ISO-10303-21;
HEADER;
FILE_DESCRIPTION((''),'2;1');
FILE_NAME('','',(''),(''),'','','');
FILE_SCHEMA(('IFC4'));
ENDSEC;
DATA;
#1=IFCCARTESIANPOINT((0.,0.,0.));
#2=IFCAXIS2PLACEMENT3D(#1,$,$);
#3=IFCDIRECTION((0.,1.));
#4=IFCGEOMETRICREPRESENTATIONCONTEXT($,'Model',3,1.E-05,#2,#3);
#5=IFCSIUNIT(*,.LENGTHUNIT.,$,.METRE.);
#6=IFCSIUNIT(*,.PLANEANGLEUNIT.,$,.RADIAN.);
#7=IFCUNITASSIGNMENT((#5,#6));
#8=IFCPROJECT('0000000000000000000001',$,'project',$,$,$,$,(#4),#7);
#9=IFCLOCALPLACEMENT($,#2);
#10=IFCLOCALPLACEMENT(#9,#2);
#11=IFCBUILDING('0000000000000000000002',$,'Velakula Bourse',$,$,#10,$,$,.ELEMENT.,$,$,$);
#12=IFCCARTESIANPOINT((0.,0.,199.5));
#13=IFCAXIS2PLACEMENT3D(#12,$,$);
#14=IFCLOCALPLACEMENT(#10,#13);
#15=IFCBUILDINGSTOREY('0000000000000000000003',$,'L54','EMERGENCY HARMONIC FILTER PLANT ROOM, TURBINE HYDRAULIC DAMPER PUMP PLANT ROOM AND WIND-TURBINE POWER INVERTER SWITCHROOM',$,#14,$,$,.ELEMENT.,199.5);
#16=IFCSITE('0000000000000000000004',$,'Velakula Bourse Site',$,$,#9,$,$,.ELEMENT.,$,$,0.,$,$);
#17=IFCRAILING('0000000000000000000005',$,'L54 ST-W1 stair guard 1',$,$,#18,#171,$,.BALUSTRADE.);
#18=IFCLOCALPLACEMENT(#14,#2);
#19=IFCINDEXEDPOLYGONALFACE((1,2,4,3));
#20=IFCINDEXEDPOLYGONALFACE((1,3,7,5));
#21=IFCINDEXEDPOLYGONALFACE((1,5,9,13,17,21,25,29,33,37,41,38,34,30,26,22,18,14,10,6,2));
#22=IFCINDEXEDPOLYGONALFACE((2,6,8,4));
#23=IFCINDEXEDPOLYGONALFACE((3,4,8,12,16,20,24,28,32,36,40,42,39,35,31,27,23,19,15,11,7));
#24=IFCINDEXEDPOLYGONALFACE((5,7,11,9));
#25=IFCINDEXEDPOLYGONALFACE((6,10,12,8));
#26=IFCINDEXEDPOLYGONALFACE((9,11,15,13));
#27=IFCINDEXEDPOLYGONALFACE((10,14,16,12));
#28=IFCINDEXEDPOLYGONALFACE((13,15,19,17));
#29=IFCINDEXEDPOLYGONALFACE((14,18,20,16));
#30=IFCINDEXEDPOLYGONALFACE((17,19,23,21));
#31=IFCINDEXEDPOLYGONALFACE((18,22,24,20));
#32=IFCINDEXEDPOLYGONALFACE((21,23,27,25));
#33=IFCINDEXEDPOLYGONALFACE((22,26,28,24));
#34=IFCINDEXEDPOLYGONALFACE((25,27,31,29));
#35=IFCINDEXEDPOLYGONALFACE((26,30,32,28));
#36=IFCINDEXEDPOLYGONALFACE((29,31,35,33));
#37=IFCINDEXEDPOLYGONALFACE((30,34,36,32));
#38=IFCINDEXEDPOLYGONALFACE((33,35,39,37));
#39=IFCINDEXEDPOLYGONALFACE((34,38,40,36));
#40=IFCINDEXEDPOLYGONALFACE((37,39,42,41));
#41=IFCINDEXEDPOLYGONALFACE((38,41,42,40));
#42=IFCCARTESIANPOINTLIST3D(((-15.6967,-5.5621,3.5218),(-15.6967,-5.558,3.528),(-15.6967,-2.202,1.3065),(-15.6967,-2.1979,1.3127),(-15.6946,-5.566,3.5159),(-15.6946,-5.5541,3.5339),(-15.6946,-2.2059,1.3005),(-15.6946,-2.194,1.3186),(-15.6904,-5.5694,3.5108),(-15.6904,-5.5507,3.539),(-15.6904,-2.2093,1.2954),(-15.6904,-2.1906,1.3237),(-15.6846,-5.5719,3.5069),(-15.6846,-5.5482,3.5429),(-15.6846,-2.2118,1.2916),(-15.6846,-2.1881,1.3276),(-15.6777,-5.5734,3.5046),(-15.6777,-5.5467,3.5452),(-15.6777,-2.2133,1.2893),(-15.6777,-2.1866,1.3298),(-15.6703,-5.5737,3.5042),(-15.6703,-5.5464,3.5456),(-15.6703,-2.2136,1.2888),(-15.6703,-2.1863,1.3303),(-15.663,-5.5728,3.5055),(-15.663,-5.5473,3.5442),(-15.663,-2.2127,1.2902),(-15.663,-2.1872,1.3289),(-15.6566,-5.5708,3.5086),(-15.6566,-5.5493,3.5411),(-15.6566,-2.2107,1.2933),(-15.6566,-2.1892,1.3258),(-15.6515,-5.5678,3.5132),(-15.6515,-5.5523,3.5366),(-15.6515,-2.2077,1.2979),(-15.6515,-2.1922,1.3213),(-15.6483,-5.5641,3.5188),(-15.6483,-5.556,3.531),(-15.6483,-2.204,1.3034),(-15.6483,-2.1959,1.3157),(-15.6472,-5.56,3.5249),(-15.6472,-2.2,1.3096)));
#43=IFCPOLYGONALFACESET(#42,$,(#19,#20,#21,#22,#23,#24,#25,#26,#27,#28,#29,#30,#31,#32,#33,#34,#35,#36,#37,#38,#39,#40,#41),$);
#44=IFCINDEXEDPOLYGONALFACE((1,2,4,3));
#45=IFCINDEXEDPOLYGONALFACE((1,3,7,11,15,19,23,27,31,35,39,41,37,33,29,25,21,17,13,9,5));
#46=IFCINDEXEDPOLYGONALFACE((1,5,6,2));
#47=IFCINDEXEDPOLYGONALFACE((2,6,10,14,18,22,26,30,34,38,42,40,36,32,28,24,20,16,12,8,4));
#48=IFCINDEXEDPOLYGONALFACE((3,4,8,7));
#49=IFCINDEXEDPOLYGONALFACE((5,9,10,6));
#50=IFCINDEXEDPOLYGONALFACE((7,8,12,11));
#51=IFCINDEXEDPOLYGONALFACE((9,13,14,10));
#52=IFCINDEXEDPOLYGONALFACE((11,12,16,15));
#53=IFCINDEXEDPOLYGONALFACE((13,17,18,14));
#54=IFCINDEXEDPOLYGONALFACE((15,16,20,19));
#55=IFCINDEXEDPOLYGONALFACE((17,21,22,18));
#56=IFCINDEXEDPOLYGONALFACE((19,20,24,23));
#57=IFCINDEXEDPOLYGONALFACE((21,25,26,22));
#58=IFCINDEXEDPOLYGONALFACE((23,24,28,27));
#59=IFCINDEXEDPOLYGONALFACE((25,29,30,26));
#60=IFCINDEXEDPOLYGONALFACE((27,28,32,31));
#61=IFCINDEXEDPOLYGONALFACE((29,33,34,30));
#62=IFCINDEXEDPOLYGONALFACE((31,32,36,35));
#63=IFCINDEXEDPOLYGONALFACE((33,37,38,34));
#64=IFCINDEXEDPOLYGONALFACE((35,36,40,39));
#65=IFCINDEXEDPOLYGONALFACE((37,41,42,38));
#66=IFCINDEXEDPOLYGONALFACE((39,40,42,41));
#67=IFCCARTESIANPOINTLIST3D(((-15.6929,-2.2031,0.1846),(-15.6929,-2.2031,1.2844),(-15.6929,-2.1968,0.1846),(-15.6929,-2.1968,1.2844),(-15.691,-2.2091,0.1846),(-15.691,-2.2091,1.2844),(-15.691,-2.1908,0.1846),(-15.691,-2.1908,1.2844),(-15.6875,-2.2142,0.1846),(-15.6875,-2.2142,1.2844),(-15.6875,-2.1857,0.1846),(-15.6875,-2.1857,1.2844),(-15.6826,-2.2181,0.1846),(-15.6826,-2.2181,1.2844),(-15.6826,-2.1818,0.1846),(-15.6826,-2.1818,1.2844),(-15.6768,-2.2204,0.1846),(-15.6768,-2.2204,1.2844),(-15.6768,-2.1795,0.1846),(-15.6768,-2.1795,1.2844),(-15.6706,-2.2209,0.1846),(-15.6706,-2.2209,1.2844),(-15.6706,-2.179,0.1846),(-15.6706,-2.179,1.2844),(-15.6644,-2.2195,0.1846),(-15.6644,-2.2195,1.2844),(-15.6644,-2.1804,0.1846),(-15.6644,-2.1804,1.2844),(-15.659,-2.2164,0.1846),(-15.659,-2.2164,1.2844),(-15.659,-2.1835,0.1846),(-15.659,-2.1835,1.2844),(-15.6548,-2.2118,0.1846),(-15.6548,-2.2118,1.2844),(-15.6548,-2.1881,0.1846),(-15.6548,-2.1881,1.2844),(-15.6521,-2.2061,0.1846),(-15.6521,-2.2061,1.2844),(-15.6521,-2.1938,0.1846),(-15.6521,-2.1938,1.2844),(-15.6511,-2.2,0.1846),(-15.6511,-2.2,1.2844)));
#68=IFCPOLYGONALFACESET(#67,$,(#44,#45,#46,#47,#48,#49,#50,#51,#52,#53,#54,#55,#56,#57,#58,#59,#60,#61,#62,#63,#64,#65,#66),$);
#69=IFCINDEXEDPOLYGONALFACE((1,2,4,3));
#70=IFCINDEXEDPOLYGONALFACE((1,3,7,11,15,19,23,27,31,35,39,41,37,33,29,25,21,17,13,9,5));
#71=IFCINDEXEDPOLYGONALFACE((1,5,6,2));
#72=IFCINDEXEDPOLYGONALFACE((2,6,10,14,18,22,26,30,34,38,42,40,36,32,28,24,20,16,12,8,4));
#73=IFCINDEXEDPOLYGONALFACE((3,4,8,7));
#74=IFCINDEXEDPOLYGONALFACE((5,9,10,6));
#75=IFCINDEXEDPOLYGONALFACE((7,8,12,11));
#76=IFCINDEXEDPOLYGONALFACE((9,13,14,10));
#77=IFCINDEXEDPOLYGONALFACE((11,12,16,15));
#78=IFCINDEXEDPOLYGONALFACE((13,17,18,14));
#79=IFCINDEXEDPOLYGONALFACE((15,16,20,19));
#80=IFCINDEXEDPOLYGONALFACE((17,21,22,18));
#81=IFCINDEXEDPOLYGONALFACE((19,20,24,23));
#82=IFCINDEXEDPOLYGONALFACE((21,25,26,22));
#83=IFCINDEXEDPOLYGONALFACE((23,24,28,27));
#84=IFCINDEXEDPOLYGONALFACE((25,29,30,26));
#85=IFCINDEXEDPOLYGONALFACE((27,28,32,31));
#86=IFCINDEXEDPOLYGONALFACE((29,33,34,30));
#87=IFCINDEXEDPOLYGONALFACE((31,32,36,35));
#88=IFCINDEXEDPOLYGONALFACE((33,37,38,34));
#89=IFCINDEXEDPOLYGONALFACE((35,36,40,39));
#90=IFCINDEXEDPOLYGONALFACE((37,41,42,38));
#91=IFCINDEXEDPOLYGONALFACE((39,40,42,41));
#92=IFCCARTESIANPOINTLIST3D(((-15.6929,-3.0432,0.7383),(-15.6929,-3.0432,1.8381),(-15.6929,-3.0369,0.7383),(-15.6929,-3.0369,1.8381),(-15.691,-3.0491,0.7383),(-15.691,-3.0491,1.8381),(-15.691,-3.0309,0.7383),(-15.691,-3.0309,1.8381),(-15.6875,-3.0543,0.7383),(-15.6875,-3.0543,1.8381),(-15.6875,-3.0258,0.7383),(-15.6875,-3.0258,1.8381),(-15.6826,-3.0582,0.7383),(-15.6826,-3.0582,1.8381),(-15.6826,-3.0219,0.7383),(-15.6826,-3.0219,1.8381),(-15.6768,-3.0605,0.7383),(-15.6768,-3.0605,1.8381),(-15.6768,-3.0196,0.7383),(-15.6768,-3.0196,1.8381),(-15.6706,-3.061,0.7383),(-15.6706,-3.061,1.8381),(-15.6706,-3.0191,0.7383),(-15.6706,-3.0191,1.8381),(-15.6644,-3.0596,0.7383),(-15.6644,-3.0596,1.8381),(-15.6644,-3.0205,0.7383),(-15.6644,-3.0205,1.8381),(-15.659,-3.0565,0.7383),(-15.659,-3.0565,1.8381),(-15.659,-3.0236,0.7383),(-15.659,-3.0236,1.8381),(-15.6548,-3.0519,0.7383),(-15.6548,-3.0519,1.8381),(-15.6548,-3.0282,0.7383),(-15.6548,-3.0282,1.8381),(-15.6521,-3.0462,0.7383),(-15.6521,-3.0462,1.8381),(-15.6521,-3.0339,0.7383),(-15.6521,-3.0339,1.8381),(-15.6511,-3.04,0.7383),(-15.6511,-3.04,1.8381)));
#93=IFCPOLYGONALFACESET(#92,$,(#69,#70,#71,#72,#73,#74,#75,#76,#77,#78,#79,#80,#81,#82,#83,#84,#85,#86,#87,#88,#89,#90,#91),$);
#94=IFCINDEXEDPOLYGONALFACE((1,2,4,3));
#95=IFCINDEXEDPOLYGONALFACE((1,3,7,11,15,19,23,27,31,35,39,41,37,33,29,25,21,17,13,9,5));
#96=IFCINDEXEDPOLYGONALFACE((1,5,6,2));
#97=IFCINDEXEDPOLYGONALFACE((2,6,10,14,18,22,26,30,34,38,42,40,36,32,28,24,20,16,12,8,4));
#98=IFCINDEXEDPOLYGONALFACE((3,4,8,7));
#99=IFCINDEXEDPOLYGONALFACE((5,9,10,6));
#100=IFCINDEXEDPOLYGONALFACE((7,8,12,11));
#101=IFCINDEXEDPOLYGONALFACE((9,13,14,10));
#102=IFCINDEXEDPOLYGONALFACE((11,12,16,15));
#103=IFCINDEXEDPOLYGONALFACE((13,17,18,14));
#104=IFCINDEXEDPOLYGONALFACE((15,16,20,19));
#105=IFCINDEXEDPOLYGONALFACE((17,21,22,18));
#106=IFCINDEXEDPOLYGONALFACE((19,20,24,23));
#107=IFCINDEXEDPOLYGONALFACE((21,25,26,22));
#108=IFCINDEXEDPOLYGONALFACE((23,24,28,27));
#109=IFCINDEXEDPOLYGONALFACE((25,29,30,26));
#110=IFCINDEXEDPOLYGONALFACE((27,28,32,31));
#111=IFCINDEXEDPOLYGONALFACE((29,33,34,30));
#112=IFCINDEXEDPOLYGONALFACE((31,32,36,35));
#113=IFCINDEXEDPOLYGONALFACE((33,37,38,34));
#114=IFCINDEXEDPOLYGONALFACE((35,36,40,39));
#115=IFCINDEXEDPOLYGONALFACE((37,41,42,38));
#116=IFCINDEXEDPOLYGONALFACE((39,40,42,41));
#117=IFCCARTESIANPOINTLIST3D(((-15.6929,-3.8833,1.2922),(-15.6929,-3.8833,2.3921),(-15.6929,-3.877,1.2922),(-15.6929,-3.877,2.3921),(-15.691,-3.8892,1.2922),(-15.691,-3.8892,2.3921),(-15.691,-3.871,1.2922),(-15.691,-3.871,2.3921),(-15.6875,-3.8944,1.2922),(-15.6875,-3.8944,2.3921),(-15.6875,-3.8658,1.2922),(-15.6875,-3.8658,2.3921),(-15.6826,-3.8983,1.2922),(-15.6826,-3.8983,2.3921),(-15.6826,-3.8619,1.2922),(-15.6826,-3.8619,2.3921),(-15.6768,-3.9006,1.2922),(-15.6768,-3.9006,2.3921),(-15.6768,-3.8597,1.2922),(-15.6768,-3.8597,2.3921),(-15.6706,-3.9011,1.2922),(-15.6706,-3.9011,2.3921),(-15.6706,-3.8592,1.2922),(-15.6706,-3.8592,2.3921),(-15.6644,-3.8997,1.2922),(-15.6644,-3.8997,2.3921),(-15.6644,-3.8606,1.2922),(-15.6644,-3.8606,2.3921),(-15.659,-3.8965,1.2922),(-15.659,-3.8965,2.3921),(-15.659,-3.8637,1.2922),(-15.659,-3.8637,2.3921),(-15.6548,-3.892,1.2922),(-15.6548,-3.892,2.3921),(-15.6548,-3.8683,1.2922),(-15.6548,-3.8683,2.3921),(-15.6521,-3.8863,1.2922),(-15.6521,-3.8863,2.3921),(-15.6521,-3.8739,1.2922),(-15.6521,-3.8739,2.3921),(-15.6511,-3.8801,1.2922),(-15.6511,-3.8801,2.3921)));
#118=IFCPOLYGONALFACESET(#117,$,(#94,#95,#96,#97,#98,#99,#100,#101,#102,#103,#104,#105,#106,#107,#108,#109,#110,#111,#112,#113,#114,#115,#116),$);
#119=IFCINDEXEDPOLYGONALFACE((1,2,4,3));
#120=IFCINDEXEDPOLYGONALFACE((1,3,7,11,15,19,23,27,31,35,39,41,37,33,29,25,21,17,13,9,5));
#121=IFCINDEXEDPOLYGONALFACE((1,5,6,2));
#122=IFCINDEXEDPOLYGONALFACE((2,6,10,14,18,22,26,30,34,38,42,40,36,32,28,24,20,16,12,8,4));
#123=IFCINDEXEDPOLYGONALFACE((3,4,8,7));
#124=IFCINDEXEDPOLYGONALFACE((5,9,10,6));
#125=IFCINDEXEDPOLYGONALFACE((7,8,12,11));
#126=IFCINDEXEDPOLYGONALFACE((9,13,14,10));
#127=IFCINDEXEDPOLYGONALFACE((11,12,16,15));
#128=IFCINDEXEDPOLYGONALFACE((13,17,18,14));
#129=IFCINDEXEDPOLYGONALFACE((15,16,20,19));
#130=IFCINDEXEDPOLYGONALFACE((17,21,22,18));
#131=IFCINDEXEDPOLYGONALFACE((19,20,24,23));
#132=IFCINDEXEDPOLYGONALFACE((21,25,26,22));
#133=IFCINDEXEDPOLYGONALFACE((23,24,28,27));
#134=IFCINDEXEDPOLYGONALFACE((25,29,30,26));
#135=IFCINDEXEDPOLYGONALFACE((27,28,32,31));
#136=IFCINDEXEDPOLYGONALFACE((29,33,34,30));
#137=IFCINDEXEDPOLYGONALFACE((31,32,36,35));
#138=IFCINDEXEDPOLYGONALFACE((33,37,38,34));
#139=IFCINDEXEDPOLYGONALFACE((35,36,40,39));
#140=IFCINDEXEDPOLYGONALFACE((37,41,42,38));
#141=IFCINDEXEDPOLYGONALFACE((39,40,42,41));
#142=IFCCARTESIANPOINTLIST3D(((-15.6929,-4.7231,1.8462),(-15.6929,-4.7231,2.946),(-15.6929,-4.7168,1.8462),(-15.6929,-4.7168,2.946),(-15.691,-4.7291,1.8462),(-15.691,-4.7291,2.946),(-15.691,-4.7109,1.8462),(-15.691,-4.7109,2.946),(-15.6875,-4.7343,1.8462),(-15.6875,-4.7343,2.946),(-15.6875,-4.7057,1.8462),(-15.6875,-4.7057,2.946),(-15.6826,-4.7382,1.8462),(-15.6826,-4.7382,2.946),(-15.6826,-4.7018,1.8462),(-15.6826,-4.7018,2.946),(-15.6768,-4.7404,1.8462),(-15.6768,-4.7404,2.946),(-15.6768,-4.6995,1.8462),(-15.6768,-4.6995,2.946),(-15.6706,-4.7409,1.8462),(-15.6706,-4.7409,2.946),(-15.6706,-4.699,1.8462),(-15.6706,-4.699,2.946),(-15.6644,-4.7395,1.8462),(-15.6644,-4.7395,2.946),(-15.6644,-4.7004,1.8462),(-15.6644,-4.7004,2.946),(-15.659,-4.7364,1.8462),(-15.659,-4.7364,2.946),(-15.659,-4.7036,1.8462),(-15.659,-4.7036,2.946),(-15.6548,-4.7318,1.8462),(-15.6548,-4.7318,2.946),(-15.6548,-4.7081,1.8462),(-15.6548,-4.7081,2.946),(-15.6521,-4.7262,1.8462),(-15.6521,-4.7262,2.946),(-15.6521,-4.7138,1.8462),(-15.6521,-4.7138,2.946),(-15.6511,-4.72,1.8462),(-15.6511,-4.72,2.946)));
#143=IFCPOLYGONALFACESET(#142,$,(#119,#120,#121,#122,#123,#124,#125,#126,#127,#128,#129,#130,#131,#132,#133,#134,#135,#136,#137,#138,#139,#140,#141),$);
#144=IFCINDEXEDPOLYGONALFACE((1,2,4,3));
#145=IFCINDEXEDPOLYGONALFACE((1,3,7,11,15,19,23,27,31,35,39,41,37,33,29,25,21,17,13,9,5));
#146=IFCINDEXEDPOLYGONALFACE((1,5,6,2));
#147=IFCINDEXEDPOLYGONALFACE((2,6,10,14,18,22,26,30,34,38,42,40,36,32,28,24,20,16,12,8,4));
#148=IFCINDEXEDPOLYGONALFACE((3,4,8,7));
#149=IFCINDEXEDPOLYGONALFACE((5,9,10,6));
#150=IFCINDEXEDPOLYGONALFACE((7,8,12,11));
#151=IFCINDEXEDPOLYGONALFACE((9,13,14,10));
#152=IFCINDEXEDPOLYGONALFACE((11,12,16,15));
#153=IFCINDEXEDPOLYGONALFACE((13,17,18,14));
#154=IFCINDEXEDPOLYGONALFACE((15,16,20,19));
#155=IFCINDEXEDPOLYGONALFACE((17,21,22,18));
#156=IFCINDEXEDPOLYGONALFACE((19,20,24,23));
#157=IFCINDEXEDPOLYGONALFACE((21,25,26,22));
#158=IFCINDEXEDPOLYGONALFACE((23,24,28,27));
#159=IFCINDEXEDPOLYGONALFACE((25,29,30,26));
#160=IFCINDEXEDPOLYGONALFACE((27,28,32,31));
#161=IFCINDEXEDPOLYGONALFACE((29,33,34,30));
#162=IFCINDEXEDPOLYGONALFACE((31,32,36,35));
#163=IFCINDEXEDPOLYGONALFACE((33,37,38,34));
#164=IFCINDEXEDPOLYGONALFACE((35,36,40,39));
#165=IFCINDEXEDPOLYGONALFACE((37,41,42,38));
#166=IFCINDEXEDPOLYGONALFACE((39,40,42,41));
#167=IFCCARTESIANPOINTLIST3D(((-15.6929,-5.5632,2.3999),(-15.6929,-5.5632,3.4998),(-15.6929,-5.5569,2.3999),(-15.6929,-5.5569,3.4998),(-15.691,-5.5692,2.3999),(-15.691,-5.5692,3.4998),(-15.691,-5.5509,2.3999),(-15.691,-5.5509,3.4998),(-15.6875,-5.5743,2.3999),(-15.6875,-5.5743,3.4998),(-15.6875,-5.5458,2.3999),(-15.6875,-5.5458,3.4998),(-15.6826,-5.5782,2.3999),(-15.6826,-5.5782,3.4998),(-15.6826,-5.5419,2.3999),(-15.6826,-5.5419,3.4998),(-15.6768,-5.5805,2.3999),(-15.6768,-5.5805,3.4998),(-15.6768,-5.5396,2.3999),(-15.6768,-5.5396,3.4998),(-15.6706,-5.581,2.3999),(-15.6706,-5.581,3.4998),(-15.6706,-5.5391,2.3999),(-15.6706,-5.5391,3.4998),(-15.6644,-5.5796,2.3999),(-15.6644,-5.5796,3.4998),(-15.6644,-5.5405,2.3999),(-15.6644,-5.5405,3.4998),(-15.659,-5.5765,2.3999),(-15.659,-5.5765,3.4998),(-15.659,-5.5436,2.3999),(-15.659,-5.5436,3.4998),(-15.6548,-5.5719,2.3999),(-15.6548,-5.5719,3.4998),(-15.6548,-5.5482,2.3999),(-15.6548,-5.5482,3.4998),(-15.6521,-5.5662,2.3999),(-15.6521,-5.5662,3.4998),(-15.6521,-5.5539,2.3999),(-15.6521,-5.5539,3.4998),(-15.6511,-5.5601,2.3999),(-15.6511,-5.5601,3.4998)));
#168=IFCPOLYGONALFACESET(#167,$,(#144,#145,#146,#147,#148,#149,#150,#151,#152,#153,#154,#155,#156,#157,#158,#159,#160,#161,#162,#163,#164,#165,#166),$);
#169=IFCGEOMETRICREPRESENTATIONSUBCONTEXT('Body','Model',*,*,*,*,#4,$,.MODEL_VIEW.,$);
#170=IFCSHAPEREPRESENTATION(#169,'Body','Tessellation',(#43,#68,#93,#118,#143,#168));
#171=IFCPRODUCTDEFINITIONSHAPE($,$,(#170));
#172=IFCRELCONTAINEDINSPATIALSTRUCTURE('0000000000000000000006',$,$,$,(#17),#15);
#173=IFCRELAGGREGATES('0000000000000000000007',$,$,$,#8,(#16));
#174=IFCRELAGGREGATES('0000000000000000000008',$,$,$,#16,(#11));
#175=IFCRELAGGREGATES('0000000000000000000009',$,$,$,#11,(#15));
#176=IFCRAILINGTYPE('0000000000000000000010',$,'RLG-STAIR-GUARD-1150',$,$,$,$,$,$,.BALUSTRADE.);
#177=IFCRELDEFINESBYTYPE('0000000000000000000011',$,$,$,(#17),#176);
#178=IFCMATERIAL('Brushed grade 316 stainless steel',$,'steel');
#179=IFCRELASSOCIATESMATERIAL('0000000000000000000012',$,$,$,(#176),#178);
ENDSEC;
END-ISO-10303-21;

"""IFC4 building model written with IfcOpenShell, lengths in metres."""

from ifc_helpers import new_model, si_unit, direction, frame, origin, origin_2d, place, context, subcontext, project, spatial, circle, extrude, material, type_object, element, save


model = new_model("IFC4")

# Units and contexts
model_context = context("Model", 3, precision=1e-05, world=origin(), true_north=direction((0.0, 1.0)))
body_context = subcontext(model_context, "Body", "Model", "MODEL_VIEW")
ifc_project = project(units=[si_unit("LENGTHUNIT", "METRE"), si_unit("PLANEANGLEUNIT", "RADIAN")], contexts=[model_context])

# Site, building, storey
site_placement = place(None, origin())
site = spatial("IfcSite", under=ifc_project, at=site_placement, Name="Velakula Bourse Site", CompositionType="ELEMENT", RefElevation=0.0)
building_placement = place(site_placement, origin())
building = spatial("IfcBuilding", under=site, at=building_placement, Name="Velakula Bourse", CompositionType="ELEMENT")
storey_placement = place(building_placement, frame((0.0, 0.0, 199.5)))
storey = spatial("IfcBuildingStorey", under=building, at=storey_placement, Name="L54", Description="EMERGENCY HARMONIC FILTER PLANT ROOM, TURBINE HYDRAULIC DAMPER PUMP PLANT ROOM AND WIND-TURBINE POWER INVERTER SWITCHROOM", CompositionType="ELEMENT", Elevation=199.5)

# Shared definitions
ifc_material_1 = material(Name="Brushed grade 316 stainless steel", Category="steel")

# Railing
railing_type_1 = type_object("IfcRailingType", Name="RLG-STAIR-GUARD-1150", PredefinedType="BALUSTRADE", material=ifc_material_1)
railing_1_placement = place(storey_placement, frame((-15.6721, -2.2, 0.1846)))
element("IfcRailing", 1, at=railing_1_placement, inside=storey, type_object=railing_type_1, Name="L54 ST-W1 stair guard 1", PredefinedType="BALUSTRADE", context=body_context, shape_type="SweptSolid", body=[
    extrude(circle(Radius=0.0249, at=origin_2d()), frame((0.0, 0.0, 1.125), z_axis=(0.0, -0.834876, 0.550437), x_axis=(1.0, 0.0, 0.0)), (0.0, 0.0, 1.0), 4.0247),
    extrude(circle(Radius=0.021, at=origin_2d()), origin(), (0.0, 0.0, 1.0), 1.0999),
    extrude(circle(Radius=0.021, at=origin_2d()), frame((0.0, -0.8401, 0.5537)), (0.0, 0.0, 1.0), 1.0999),
    extrude(circle(Radius=0.021, at=origin_2d()), frame((0.0, -1.6802, 1.1077)), (0.0, 0.0, 1.0), 1.0999),
    extrude(circle(Radius=0.021, at=origin_2d()), frame((0.0, -2.52, 1.6616)), (0.0, 0.0, 1.0), 1.0999),
    extrude(circle(Radius=0.021, at=origin_2d()), frame((0.0, -3.3601, 2.2153)), (0.0, 0.0, 1.0), 1.0999),
])

save(model, "model.ifc")
